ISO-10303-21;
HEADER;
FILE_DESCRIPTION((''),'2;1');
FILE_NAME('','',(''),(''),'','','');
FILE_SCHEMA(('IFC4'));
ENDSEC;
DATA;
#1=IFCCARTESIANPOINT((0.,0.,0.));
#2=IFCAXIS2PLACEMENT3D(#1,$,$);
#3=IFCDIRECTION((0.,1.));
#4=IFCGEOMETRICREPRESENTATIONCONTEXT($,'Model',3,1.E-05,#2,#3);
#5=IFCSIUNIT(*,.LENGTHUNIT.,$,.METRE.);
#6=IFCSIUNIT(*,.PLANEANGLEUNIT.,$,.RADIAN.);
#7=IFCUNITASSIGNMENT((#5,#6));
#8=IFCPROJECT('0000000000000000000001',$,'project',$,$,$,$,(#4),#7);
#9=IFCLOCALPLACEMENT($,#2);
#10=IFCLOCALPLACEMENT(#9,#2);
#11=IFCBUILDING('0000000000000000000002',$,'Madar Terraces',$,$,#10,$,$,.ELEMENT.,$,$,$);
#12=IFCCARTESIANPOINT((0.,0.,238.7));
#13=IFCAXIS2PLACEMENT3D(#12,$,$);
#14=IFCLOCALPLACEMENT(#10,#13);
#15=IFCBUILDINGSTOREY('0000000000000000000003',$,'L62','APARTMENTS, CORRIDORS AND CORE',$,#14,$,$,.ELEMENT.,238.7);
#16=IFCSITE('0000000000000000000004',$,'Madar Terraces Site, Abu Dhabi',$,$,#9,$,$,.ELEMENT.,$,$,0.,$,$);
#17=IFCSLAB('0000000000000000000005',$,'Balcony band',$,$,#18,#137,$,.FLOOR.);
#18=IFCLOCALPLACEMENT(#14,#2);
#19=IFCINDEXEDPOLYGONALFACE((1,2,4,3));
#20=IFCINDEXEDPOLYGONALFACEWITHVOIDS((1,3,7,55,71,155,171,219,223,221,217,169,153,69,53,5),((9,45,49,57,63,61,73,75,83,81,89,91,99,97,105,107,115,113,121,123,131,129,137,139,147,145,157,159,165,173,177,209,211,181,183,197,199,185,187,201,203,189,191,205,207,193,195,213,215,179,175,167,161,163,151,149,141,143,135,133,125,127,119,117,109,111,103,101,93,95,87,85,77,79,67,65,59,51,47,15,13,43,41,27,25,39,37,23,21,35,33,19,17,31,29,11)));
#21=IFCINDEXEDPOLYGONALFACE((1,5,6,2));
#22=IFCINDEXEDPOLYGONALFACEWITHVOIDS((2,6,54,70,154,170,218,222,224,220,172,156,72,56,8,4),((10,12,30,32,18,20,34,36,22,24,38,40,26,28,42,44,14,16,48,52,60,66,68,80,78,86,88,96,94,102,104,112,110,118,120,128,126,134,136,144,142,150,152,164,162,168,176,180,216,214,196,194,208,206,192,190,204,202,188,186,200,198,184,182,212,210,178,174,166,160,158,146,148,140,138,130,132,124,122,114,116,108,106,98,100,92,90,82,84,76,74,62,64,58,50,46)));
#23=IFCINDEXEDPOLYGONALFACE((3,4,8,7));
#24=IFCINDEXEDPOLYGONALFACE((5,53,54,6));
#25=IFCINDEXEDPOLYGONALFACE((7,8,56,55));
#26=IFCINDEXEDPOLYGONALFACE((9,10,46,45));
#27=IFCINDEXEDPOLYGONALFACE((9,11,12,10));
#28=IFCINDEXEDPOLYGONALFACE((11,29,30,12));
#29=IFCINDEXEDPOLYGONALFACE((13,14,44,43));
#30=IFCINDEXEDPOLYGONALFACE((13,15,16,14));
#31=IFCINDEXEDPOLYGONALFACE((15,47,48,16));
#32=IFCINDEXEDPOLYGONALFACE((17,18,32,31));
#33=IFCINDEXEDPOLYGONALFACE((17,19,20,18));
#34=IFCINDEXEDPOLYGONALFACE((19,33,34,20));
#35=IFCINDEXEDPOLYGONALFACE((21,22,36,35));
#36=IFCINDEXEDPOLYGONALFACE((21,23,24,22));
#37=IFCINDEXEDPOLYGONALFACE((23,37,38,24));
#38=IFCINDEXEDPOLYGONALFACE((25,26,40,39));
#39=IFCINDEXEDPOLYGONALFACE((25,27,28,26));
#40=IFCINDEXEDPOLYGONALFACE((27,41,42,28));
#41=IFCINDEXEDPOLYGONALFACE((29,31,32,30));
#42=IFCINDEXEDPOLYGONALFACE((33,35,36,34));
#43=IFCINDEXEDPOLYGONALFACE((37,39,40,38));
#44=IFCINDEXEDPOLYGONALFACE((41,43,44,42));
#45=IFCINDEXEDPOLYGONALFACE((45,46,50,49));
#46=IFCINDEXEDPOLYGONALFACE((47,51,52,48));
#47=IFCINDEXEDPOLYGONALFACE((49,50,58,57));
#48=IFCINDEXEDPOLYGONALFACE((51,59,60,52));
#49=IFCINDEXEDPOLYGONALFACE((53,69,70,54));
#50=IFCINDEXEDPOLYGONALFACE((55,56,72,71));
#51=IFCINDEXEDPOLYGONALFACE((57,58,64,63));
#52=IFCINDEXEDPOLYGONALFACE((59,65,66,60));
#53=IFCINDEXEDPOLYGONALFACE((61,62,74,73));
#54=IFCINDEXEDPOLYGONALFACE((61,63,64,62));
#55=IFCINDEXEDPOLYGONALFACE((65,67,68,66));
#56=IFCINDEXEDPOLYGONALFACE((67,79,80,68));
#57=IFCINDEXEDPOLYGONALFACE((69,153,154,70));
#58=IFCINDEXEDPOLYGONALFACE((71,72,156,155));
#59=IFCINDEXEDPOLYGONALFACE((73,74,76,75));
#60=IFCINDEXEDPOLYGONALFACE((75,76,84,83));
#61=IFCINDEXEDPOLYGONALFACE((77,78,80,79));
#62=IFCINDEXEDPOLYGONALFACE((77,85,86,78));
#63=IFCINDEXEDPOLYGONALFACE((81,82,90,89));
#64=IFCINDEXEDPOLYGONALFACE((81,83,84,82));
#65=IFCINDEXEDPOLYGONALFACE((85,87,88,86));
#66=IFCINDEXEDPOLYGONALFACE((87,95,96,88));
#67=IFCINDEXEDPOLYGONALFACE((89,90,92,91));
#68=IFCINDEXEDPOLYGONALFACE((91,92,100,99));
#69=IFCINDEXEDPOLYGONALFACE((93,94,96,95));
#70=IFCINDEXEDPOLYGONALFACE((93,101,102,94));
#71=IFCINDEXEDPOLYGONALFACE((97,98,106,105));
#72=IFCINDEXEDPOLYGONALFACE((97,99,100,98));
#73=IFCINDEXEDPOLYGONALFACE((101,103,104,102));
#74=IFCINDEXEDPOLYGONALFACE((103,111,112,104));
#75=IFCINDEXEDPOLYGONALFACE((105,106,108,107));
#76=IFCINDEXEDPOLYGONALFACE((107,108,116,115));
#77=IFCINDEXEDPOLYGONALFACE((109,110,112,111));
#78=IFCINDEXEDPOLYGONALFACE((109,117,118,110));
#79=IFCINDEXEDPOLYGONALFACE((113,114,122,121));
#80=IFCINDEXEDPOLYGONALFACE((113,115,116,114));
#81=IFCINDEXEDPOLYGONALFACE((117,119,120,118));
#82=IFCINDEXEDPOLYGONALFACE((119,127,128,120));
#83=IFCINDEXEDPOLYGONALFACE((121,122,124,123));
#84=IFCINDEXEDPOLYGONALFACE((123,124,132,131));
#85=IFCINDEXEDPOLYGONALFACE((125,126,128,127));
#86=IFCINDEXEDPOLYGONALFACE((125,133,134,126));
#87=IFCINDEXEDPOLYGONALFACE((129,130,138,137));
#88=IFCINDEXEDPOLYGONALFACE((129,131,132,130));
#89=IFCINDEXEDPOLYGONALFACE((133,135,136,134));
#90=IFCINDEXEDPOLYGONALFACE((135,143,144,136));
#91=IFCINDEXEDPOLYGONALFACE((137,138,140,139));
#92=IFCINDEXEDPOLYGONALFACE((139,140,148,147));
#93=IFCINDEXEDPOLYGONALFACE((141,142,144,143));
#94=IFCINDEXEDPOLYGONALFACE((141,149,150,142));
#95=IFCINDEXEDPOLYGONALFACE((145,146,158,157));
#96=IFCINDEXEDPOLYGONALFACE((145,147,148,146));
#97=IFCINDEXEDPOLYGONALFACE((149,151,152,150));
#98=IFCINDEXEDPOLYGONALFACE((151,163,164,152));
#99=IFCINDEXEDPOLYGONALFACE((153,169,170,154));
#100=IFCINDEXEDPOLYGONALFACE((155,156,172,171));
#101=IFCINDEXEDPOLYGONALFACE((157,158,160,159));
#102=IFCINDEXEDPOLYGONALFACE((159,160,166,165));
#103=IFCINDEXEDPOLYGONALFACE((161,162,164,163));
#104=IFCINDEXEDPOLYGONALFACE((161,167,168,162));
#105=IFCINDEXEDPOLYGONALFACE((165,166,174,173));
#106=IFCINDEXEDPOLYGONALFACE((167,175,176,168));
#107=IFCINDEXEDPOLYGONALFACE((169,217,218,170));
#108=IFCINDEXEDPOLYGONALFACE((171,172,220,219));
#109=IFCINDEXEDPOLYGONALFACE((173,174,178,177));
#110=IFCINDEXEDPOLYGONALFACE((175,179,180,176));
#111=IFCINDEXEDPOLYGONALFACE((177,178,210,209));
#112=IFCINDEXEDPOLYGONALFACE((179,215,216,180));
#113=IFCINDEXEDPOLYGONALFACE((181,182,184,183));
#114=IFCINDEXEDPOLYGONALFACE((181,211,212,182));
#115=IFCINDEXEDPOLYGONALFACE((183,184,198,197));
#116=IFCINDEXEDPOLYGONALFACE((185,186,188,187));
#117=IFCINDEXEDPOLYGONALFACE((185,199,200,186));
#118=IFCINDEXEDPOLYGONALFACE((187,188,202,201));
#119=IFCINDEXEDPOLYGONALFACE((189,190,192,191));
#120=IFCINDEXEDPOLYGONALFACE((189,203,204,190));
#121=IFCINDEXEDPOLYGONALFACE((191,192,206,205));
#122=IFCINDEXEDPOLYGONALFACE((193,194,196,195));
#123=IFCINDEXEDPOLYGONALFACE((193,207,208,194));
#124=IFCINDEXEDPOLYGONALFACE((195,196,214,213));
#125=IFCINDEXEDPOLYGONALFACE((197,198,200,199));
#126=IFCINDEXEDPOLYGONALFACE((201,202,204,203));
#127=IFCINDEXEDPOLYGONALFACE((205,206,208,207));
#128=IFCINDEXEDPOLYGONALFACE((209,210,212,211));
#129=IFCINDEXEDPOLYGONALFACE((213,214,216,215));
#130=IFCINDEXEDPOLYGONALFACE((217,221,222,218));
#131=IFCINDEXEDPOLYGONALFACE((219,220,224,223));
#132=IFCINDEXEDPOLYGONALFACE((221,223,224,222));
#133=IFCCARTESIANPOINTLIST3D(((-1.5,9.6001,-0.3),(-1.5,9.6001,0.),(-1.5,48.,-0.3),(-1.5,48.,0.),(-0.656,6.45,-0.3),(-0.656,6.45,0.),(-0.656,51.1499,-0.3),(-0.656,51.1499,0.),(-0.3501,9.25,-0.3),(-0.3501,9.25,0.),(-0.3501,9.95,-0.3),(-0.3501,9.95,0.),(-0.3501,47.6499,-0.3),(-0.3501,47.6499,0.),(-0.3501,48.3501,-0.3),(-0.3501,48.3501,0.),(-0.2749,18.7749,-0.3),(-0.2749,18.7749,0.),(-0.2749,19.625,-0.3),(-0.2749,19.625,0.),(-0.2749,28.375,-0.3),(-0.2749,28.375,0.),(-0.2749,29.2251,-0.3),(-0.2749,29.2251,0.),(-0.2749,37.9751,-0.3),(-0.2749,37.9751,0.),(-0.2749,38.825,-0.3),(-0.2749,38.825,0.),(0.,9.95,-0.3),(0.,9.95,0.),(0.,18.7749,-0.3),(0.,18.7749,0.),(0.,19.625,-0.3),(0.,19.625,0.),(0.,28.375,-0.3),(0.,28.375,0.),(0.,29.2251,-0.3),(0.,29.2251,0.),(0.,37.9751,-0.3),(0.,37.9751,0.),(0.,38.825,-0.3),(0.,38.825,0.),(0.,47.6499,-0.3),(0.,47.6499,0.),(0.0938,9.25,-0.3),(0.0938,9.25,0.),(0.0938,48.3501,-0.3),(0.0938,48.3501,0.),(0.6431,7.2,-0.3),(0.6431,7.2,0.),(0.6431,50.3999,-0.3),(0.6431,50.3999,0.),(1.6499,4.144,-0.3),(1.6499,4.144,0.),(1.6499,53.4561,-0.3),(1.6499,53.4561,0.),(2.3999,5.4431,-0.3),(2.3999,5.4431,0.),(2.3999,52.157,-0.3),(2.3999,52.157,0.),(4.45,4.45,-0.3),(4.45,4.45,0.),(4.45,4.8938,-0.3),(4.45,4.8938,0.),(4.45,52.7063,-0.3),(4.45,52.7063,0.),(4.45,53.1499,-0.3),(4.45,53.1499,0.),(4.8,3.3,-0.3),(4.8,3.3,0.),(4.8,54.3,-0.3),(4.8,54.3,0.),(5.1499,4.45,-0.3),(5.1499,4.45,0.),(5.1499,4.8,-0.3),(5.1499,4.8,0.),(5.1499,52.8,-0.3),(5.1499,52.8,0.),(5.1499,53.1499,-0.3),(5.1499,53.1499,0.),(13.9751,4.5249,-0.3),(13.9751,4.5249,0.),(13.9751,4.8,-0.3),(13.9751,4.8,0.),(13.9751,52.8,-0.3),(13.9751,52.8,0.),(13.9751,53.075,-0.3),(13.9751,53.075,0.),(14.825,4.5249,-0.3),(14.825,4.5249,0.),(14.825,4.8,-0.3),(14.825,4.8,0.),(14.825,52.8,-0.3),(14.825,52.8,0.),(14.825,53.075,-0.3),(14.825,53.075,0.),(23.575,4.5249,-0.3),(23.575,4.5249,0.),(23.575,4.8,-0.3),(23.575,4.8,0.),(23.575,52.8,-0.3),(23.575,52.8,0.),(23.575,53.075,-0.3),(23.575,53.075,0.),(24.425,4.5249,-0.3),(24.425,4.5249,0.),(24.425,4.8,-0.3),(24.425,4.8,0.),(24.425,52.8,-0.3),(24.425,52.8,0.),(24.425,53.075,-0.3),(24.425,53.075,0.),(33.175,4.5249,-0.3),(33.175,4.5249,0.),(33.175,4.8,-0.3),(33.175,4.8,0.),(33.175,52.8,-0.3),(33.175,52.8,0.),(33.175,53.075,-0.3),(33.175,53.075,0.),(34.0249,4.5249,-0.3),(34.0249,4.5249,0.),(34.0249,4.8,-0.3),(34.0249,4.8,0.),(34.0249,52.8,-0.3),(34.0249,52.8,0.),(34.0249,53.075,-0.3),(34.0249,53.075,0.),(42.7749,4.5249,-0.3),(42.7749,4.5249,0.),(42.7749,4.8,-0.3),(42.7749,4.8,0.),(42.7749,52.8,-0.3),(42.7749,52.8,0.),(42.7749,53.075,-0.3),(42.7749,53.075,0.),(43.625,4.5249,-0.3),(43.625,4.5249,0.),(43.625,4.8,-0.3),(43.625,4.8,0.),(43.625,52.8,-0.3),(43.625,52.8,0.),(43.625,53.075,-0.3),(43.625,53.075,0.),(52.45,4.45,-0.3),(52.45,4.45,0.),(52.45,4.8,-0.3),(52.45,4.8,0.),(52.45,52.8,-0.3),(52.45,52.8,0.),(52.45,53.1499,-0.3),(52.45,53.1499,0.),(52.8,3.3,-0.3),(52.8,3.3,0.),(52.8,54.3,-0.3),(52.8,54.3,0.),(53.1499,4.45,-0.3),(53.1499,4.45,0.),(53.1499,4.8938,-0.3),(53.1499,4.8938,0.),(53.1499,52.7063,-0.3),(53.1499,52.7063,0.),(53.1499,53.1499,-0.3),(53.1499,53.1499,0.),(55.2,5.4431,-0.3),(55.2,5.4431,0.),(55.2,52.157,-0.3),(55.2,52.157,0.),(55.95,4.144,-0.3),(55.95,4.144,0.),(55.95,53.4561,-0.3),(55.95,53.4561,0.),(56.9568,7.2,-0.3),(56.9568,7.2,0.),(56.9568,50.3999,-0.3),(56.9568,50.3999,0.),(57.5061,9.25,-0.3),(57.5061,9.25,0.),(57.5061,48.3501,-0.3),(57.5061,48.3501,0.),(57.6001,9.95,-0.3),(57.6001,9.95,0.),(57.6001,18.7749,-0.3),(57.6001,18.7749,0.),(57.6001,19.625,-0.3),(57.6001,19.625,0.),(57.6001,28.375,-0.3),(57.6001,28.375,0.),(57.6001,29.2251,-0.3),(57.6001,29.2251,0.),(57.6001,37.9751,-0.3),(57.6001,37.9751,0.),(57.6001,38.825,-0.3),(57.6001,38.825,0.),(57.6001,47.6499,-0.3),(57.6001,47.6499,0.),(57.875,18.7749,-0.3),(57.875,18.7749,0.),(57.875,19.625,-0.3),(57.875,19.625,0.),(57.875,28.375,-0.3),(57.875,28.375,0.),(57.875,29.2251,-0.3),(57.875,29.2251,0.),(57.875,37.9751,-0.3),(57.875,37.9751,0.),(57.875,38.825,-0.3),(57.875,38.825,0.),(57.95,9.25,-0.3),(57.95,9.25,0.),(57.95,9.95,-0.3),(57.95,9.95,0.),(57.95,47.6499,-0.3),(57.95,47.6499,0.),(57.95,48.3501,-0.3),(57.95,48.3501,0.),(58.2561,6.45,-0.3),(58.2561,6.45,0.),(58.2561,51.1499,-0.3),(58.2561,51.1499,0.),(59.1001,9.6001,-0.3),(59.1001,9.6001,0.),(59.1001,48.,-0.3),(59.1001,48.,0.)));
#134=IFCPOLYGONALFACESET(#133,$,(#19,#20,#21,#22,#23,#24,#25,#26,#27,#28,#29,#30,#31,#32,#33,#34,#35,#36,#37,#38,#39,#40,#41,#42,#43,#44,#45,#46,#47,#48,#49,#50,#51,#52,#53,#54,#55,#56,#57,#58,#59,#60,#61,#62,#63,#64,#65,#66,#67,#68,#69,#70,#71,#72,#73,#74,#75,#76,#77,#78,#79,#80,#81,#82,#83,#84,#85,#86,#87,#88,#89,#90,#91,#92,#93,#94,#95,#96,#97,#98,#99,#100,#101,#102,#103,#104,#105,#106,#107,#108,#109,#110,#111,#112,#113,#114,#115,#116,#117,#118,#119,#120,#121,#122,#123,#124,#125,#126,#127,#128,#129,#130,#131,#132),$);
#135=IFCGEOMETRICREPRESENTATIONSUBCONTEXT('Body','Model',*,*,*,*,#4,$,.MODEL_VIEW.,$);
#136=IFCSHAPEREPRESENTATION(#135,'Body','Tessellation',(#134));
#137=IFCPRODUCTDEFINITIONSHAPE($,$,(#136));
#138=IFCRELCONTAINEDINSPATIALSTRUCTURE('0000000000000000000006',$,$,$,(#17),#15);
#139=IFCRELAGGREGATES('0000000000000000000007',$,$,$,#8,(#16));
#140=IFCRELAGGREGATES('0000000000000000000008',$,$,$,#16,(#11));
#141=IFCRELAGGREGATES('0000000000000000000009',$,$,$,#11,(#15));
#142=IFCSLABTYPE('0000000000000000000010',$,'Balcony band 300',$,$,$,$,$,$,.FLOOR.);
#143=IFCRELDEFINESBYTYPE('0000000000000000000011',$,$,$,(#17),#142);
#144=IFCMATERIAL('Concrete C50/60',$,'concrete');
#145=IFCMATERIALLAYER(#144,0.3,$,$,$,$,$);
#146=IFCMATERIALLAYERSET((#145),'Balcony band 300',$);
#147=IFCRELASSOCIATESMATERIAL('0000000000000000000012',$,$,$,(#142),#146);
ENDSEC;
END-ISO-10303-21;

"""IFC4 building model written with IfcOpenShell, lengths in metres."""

from ifc_helpers import new_model, si_unit, direction, frame, origin, place, context, subcontext, project, spatial, polyline, outline, extrude, material, layer, layer_set, type_object, element, save


model = new_model("IFC4")

# Units and contexts
model_context = context("Model", 3, precision=1e-05, world=origin(), true_north=direction((0.0, 1.0)))
body_context = subcontext(model_context, "Body", "Model", "MODEL_VIEW")
ifc_project = project(units=[si_unit("LENGTHUNIT", "METRE"), si_unit("PLANEANGLEUNIT", "RADIAN")], contexts=[model_context])

# Site, building, storey
site_placement = place(None, origin())
site = spatial("IfcSite", under=ifc_project, at=site_placement, Name="Madar Terraces Site, Abu Dhabi", CompositionType="ELEMENT", RefElevation=0.0)
building_placement = place(site_placement, origin())
building = spatial("IfcBuilding", under=site, at=building_placement, Name="Madar Terraces", CompositionType="ELEMENT")
storey_placement = place(building_placement, frame((0.0, 0.0, 238.7)))
storey = spatial("IfcBuildingStorey", under=building, at=storey_placement, Name="L62", Description="APARTMENTS, CORRIDORS AND CORE", CompositionType="ELEMENT", Elevation=238.7)

# Slab
ifc_material_1 = material(Name="Concrete C50/60", Category="concrete")
ifc_layer_1 = layer(ifc_material_1, 0.3)
ifc_layer_set_1 = layer_set([ifc_layer_1], Name="Balcony band 300")
slab_type_1 = type_object("IfcSlabType", Name="Balcony band 300", PredefinedType="FLOOR", material=ifc_layer_set_1)
slab_1_placement = place(storey_placement, frame((0.0, 0.0, -0.3)))
element("IfcSlab", 1, at=slab_1_placement, inside=storey, type_object=slab_type_1, Name="Balcony band", PredefinedType="FLOOR", context=body_context, shape_type="SweptSolid", body=[
    extrude(outline(polyline([(4.8, 3.3), (1.6499, 4.144), (-0.656, 6.45), (-1.5, 9.6001), (-1.5, 48.0), (-0.656, 51.1499), (1.6499, 53.4561), (4.8, 54.3), (52.8, 54.3), (55.95, 53.4561), (58.2561, 51.1499), (59.1001, 48.0), (59.1001, 9.6001), (58.2561, 6.45), (55.95, 4.144), (52.8, 3.3), (4.8, 3.3)]), holes=[polyline([(5.1499, 4.45), (5.1499, 4.8), (13.9751, 4.8), (13.9751, 4.5249), (14.825, 4.5249), (14.825, 4.8), (23.575, 4.8), (23.575, 4.5249), (24.425, 4.5249), (24.425, 4.8), (33.175, 4.8), (33.175, 4.5249), (34.0249, 4.5249), (34.0249, 4.8), (42.7749, 4.8), (42.7749, 4.5249), (43.625, 4.5249), (43.625, 4.8), (52.45, 4.8), (52.45, 4.45), (53.1499, 4.45), (53.1499, 4.8938), (55.2, 5.4431), (56.9568, 7.2), (57.5061, 9.25), (57.95, 9.25), (57.95, 9.95), (57.6001, 9.95), (57.6001, 18.7749), (57.875, 18.7749), (57.875, 19.625), (57.6001, 19.625), (57.6001, 28.375), (57.875, 28.375), (57.875, 29.2251), (57.6001, 29.2251), (57.6001, 37.9751), (57.875, 37.9751), (57.875, 38.825), (57.6001, 38.825), (57.6001, 47.6499), (57.95, 47.6499), (57.95, 48.3501), (57.5061, 48.3501), (56.9568, 50.3999), (55.2, 52.157), (53.1499, 52.7063), (53.1499, 53.1499), (52.45, 53.1499), (52.45, 52.8), (43.625, 52.8), (43.625, 53.075), (42.7749, 53.075), (42.7749, 52.8), (34.0249, 52.8), (34.0249, 53.075), (33.175, 53.075), (33.175, 52.8), (24.425, 52.8), (24.425, 53.075), (23.575, 53.075), (23.575, 52.8), (14.825, 52.8), (14.825, 53.075), (13.9751, 53.075), (13.9751, 52.8), (5.1499, 52.8), (5.1499, 53.1499), (4.45, 53.1499), (4.45, 52.7063), (2.3999, 52.157), (0.6431, 50.3999), (0.0938, 48.3501), (-0.3501, 48.3501), (-0.3501, 47.6499), (0.0, 47.6499), (0.0, 38.825), (-0.2749, 38.825), (-0.2749, 37.9751), (0.0, 37.9751), (0.0, 29.2251), (-0.2749, 29.2251), (-0.2749, 28.375), (0.0, 28.375), (0.0, 19.625), (-0.2749, 19.625), (-0.2749, 18.7749), (0.0, 18.7749), (0.0, 9.95), (-0.3501, 9.95), (-0.3501, 9.25), (0.0938, 9.25), (0.6431, 7.2), (2.3999, 5.4431), (4.45, 4.8938), (4.45, 4.45), (5.1499, 4.45)])]), origin(), (0.0, 0.0, 1.0), 0.3),
])

save(model, "model.ifc")
